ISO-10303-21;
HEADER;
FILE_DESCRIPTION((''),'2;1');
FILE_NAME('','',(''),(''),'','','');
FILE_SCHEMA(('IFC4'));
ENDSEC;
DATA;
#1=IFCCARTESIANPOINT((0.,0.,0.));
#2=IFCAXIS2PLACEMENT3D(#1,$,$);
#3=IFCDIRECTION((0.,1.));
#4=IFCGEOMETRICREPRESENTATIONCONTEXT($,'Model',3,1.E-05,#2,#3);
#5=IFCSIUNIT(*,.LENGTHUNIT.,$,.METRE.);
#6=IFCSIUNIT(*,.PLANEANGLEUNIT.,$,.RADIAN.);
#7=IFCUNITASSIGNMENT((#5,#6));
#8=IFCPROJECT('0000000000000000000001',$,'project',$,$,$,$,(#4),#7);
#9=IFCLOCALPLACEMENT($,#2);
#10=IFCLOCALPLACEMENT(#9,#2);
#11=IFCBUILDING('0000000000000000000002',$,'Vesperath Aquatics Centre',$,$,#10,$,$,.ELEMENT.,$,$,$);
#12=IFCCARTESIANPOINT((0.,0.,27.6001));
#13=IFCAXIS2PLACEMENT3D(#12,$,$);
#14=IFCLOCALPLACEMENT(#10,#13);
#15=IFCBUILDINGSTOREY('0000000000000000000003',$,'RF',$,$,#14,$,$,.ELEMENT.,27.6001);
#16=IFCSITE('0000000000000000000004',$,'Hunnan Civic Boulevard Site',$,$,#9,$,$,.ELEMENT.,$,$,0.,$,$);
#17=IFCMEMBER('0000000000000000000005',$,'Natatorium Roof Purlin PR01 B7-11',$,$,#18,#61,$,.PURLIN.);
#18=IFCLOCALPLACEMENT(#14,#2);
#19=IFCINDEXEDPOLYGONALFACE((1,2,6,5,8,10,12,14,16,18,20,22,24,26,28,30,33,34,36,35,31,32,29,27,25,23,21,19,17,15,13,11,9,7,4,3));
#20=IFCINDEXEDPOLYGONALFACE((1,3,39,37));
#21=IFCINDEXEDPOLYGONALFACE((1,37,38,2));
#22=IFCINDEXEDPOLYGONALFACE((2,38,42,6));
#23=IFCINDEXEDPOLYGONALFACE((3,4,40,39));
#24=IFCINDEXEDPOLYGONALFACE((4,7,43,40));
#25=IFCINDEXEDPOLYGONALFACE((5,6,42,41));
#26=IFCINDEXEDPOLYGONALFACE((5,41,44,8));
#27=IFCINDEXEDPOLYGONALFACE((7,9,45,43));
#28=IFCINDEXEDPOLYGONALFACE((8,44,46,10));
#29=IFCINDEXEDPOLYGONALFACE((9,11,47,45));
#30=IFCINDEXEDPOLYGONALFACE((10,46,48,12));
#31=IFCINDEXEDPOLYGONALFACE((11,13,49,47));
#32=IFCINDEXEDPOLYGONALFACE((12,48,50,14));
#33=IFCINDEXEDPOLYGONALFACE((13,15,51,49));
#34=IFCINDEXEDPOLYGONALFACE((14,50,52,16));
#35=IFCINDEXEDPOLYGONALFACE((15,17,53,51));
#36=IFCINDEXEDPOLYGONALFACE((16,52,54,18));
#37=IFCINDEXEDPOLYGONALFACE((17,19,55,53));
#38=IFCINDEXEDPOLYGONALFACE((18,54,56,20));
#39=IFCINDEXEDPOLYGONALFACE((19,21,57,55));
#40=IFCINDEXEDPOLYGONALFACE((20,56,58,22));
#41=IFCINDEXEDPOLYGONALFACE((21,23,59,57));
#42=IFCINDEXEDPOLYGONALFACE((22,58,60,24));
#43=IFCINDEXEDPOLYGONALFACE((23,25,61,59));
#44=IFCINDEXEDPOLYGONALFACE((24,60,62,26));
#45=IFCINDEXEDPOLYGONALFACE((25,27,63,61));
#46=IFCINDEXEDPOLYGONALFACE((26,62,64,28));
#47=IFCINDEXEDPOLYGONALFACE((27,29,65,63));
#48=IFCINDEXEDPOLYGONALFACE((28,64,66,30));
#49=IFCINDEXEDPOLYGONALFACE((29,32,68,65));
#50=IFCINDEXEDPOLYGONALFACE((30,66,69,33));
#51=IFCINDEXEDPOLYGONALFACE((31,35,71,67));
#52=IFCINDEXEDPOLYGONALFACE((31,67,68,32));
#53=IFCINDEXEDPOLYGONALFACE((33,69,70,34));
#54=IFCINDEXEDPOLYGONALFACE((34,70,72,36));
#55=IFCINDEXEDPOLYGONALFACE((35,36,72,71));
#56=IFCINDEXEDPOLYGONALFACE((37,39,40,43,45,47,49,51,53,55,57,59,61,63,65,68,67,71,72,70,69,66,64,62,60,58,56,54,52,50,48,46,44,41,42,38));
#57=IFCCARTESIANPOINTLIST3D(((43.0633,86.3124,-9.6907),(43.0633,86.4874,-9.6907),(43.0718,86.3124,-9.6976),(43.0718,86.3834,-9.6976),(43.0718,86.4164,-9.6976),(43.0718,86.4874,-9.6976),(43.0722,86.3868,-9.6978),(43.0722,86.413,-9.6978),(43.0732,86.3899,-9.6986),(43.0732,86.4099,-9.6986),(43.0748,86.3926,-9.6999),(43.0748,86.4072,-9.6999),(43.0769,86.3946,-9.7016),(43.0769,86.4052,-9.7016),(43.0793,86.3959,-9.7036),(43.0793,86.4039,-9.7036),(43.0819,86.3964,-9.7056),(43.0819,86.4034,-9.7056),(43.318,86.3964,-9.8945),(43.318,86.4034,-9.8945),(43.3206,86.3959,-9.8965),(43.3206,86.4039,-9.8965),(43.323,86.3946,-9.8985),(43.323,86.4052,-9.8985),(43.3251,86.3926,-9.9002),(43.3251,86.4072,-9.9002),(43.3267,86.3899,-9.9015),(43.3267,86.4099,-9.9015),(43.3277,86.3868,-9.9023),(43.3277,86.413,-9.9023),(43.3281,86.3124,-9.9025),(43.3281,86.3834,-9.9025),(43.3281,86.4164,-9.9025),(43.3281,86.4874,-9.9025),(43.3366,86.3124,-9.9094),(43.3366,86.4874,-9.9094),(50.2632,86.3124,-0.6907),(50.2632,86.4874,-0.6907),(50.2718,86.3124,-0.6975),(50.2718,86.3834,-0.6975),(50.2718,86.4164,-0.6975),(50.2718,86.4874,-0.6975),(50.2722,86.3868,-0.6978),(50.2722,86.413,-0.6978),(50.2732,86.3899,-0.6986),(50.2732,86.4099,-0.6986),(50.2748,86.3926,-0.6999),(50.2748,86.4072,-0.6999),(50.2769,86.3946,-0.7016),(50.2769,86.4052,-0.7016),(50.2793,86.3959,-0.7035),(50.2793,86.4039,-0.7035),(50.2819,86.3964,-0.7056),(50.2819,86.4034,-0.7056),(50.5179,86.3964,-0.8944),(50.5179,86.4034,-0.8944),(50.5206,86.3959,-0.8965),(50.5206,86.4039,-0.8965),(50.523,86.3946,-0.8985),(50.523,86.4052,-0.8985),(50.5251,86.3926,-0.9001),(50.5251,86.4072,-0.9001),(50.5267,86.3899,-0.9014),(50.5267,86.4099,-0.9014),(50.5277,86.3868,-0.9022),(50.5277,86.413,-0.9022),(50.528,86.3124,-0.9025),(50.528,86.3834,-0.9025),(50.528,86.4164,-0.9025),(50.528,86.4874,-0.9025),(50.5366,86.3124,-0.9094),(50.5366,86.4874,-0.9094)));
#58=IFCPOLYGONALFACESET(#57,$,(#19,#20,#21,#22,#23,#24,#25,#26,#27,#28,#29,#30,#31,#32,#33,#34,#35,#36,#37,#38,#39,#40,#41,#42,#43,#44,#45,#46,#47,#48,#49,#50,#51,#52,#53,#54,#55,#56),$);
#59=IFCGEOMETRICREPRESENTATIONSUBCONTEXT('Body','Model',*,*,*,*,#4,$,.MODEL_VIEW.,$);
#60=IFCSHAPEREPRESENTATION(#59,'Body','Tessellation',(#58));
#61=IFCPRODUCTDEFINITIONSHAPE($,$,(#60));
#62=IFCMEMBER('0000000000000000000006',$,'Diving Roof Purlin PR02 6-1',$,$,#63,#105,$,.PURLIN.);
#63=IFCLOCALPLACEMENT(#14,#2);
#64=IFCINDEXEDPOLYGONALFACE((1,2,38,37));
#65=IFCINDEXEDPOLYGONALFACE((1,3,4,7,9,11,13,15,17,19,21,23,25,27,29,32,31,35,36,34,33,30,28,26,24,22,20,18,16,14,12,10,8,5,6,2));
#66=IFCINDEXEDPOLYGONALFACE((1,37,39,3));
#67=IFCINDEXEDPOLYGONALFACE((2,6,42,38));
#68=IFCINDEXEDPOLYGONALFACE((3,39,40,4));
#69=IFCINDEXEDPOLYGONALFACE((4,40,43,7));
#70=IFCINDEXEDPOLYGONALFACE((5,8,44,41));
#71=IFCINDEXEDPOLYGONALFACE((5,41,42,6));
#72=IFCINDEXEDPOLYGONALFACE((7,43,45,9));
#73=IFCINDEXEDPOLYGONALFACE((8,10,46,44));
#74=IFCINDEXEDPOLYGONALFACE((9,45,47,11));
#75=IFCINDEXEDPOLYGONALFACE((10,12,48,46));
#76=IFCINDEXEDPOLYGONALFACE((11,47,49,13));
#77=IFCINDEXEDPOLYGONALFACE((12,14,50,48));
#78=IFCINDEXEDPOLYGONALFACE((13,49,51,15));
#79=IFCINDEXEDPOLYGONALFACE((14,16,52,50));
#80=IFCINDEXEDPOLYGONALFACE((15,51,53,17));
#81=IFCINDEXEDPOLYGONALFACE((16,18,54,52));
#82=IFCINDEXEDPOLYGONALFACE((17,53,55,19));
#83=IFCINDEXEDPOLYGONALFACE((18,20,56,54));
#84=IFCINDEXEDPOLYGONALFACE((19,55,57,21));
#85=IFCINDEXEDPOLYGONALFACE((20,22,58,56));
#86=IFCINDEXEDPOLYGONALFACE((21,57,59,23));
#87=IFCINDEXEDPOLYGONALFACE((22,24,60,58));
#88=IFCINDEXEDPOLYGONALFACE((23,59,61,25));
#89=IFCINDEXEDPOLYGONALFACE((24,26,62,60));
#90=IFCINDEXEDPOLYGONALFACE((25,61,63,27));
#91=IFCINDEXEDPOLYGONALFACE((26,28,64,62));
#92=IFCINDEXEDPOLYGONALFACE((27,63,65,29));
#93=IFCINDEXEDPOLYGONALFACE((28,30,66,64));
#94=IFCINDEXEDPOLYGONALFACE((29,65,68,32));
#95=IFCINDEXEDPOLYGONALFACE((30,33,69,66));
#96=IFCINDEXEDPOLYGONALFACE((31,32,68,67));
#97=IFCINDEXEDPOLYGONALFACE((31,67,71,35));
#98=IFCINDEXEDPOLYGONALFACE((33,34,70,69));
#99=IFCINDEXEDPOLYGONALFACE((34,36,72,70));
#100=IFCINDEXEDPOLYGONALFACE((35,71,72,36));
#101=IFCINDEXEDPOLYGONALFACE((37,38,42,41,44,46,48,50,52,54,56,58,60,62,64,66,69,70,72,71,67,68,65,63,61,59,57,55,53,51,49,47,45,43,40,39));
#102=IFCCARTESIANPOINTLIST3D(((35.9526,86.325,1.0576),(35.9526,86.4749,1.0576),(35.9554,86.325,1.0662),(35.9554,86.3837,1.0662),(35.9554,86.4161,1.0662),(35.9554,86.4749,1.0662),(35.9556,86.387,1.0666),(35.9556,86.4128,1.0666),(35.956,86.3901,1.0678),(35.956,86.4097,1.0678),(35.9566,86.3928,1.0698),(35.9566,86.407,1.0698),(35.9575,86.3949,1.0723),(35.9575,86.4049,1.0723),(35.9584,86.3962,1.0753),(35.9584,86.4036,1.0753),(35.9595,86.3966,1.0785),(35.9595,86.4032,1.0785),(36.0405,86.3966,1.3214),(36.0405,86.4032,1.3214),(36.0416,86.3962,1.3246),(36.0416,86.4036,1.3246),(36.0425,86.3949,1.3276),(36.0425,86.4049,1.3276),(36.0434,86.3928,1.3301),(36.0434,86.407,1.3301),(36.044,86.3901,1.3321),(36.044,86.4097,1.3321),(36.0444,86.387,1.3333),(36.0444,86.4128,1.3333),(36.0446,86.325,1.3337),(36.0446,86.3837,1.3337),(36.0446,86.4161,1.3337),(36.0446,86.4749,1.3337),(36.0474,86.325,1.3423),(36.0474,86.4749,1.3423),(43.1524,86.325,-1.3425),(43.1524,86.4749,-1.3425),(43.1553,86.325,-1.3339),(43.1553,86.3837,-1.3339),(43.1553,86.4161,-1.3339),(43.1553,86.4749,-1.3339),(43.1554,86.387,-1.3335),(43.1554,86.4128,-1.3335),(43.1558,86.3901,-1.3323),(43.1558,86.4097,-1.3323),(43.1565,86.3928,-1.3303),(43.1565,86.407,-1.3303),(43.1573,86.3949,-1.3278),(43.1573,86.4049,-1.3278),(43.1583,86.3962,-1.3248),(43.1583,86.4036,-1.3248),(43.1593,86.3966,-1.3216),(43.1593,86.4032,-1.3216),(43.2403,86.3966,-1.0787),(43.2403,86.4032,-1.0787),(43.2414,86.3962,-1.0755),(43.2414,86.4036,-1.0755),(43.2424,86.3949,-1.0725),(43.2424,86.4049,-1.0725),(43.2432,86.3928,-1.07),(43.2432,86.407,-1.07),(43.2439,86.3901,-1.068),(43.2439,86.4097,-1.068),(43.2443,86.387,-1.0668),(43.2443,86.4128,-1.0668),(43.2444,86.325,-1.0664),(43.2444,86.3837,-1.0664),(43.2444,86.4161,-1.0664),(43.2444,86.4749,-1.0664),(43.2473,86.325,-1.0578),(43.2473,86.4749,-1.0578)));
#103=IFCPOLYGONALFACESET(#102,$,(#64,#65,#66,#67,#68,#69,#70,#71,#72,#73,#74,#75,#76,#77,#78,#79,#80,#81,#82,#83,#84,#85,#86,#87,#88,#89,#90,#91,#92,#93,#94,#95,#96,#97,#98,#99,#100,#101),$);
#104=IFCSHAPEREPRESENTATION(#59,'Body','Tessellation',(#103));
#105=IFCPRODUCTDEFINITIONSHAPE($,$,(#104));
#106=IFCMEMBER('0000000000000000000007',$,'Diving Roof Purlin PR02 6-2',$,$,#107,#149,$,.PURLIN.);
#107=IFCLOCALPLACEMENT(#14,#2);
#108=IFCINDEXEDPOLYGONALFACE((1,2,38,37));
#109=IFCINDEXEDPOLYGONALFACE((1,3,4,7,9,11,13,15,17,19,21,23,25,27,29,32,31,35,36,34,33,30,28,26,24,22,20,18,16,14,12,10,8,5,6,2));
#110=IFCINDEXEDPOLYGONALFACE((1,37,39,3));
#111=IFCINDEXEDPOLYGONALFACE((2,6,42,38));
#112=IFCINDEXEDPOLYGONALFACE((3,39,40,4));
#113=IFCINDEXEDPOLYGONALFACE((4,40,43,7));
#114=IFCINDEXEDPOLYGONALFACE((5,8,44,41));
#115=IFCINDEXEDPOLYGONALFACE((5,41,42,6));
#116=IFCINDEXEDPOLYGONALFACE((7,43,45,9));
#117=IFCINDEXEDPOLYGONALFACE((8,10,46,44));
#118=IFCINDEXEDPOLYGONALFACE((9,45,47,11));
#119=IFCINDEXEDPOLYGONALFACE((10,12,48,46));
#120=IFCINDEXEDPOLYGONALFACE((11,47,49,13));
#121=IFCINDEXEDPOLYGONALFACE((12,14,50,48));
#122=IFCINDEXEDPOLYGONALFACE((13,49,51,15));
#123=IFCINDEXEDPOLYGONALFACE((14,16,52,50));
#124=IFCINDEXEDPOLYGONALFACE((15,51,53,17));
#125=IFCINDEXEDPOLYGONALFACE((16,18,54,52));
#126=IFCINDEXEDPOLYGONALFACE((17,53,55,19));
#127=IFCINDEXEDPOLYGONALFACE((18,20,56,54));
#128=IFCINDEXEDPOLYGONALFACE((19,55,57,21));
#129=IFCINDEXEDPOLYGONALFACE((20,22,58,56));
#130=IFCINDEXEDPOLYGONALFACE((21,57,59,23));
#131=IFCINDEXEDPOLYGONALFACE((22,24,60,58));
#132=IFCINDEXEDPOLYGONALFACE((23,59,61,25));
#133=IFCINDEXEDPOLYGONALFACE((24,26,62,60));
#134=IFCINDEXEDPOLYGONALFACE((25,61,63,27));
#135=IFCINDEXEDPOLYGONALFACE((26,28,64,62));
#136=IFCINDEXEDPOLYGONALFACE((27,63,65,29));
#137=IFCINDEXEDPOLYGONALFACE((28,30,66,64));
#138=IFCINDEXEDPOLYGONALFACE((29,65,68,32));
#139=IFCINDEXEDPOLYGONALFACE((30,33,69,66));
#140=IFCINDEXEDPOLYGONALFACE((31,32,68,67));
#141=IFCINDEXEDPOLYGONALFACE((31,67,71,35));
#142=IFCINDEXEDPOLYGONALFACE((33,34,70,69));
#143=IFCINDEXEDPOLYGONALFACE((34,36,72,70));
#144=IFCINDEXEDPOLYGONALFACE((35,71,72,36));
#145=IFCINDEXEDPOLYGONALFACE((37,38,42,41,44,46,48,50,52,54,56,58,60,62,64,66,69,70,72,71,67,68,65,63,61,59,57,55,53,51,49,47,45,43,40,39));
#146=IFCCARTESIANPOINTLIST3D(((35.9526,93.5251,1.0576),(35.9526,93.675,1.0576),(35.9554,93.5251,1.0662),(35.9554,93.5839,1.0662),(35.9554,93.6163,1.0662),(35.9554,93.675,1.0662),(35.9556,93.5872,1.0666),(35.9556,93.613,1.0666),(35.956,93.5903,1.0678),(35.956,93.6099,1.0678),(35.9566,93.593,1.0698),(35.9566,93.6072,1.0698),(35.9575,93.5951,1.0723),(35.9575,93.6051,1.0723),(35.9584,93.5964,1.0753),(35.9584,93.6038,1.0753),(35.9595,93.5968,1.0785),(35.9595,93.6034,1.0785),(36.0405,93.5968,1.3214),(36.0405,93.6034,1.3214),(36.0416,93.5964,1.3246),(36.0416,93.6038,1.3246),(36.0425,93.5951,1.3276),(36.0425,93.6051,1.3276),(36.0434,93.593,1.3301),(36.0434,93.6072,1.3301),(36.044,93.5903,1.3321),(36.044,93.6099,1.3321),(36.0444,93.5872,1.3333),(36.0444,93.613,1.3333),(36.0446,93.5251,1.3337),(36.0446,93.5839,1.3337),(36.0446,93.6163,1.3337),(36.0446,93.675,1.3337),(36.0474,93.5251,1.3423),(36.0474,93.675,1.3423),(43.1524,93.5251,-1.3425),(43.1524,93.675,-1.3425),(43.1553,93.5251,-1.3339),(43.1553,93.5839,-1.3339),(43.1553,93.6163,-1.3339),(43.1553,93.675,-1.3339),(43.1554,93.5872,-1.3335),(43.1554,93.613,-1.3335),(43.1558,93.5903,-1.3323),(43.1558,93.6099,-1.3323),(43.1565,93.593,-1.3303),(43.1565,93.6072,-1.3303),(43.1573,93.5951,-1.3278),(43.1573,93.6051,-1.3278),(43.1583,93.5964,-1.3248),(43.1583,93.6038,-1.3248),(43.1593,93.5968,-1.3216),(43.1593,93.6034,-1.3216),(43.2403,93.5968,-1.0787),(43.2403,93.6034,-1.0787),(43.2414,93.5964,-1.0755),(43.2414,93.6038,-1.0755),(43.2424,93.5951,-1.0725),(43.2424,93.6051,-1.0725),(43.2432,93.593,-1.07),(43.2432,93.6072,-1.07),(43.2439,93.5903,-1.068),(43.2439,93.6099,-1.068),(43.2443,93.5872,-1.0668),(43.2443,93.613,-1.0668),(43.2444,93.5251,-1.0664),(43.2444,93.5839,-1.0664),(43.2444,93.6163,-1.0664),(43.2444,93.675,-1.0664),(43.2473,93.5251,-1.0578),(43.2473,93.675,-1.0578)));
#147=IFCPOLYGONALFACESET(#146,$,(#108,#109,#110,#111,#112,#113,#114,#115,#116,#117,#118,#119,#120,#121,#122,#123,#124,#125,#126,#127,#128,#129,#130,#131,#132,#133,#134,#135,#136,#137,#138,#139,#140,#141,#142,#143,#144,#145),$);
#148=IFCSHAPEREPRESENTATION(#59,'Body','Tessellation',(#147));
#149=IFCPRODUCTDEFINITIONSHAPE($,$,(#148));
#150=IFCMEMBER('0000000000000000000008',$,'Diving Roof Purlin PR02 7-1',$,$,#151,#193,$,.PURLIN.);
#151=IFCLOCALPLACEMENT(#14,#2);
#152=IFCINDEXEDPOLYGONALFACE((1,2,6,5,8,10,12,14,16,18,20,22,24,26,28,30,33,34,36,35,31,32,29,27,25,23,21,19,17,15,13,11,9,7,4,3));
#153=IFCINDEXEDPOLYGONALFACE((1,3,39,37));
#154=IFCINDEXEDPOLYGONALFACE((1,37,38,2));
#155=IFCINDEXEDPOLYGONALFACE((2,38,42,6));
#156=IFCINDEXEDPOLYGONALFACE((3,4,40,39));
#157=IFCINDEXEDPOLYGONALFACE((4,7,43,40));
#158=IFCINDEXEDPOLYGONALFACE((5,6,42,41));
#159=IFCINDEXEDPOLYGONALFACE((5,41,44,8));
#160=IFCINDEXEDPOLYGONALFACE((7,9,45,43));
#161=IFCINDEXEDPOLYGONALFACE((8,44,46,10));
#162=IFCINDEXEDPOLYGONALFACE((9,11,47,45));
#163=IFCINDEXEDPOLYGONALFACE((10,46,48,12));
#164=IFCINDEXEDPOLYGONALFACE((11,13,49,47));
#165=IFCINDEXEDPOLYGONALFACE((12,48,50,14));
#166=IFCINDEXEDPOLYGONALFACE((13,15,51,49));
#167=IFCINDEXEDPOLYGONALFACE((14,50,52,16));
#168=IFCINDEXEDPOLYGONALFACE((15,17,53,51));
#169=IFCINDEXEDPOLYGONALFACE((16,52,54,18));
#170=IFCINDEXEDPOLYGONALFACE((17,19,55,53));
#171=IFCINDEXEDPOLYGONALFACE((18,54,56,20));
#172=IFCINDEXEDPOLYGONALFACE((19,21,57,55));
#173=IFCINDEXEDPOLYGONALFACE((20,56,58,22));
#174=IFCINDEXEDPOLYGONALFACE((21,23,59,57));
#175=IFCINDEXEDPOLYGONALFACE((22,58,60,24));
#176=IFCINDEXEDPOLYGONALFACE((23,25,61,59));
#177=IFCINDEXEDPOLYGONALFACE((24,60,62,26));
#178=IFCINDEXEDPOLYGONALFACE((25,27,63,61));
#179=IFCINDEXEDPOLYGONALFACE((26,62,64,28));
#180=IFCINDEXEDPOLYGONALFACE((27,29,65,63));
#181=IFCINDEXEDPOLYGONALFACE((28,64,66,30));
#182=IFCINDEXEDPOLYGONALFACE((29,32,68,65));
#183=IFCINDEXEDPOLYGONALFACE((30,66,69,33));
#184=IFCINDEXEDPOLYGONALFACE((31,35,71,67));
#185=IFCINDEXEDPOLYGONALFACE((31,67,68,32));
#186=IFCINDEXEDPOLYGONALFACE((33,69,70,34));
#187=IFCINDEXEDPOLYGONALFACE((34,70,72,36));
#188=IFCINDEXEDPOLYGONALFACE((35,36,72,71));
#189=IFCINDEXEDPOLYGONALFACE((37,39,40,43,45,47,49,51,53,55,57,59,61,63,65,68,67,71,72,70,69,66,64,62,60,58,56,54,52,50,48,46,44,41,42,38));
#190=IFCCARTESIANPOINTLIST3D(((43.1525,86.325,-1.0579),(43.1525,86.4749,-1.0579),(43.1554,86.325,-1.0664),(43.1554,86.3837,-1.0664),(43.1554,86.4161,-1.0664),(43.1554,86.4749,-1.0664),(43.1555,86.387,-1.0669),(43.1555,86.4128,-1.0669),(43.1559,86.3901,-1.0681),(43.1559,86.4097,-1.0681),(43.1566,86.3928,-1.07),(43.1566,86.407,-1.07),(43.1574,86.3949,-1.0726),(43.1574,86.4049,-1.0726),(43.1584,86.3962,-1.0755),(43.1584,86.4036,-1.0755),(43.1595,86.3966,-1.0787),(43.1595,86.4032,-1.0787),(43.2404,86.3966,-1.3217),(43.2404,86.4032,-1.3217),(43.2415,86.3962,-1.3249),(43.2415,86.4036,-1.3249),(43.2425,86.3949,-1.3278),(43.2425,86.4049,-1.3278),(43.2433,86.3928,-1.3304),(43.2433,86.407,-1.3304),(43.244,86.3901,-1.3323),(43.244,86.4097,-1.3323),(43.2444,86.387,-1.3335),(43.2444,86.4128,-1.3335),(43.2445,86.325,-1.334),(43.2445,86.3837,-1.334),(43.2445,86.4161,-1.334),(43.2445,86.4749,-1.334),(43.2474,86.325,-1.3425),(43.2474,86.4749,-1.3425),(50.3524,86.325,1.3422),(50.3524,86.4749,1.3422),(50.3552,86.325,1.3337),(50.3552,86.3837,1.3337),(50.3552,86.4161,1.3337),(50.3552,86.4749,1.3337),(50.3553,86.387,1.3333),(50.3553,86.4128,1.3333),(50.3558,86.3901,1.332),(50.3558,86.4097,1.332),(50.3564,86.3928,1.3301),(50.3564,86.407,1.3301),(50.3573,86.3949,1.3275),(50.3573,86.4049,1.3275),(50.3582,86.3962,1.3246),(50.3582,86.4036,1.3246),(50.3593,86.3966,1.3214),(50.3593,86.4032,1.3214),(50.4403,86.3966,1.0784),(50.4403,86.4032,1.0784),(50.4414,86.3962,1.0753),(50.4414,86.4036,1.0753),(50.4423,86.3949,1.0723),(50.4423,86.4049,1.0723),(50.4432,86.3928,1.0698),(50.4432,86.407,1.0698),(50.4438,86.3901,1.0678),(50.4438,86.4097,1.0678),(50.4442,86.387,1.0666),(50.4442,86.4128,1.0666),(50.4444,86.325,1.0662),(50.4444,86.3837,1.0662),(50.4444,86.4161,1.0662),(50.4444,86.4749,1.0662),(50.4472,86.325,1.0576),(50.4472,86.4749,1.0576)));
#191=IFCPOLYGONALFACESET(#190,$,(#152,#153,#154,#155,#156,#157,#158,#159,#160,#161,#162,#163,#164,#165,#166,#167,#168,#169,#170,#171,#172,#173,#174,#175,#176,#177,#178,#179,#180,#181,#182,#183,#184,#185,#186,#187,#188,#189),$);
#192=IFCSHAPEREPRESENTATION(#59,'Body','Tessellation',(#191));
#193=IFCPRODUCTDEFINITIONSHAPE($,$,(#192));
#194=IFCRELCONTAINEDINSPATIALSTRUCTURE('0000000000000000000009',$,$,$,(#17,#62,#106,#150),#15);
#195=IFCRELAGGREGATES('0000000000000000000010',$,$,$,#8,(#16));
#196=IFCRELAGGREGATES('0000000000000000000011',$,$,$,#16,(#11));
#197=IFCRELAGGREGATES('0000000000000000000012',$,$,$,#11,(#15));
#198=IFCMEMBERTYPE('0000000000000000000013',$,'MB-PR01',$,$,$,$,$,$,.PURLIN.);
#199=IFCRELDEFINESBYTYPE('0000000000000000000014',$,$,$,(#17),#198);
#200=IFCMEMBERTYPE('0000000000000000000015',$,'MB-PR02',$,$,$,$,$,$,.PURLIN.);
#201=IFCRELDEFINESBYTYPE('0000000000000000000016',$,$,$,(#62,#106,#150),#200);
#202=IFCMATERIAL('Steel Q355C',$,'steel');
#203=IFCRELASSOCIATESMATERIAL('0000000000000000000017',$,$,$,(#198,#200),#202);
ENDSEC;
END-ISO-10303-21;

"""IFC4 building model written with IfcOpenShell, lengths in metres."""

from ifc_helpers import new_model, si_unit, direction, frame, origin, origin_2d, place, context, subcontext, project, spatial, i_section, extrude, material, material_profile, profile_set, type_object, element, save


model = new_model("IFC4")

# Units and contexts
model_context = context("Model", 3, precision=1e-05, world=origin(), true_north=direction((0.0, 1.0)))
body_context = subcontext(model_context, "Body", "Model", "MODEL_VIEW")
ifc_project = project(units=[si_unit("LENGTHUNIT", "METRE"), si_unit("PLANEANGLEUNIT", "RADIAN")], contexts=[model_context])

# Site, building, storey
site_placement = place(None, origin())
site = spatial("IfcSite", under=ifc_project, at=site_placement, Name="Hunnan Civic Boulevard Site", CompositionType="ELEMENT", RefElevation=0.0)
building_placement = place(site_placement, origin())
building = spatial("IfcBuilding", under=site, at=building_placement, Name="Vesperath Aquatics Centre", CompositionType="ELEMENT")
storey_placement = place(building_placement, frame((0.0, 0.0, 27.6001)))
storey = spatial("IfcBuildingStorey", under=building, at=storey_placement, Name="RF", CompositionType="ELEMENT", Elevation=27.6001)

# Shared definitions
ifc_material_1 = material(Name="Steel Q355C", Category="steel")

# Members
ifc_material_profile_1 = material_profile(ifc_material_1, i_section(OverallWidth=0.175, OverallDepth=0.3501, WebThickness=0.0071, FlangeThickness=0.011, FilletRadius=0.0129, at=origin_2d()), Name="HN 350x175x7x11")
ifc_profile_set_1 = profile_set([ifc_material_profile_1], Name="Steel Q355C")
member_type_1 = type_object("IfcMemberType", Name="MB-PR01", PredefinedType="PURLIN", material=ifc_profile_set_1)
for number, where, z_axis, x_axis, name in (
    (1, (43.2, 86.3999, -9.8), (0.624692, 0.0, 0.780871), (0.0, 1.0, 0.0), "Natatorium Roof Purlin PR01 B7-11"),
):
    element("IfcMember", number, at=place(storey_placement, frame(where, z_axis=z_axis, x_axis=x_axis)), inside=storey, type_object=member_type_1, Name=name, PredefinedType="PURLIN", context=body_context, shape_type="SweptSolid", body=[
        extrude(i_section(OverallWidth=0.175, OverallDepth=0.3501, WebThickness=0.0071, FlangeThickness=0.011, FilletRadius=0.0129, at=origin_2d()), origin(), (0.0, 0.0, 1.0), 11.5256),
    ])
ifc_material_profile_2 = material_profile(ifc_material_1, i_section(OverallWidth=0.1499, OverallDepth=0.3, WebThickness=0.0066, FlangeThickness=0.009, FilletRadius=0.0129, at=origin_2d()), Name="HN 300x150x6.5x9")
ifc_profile_set_2 = profile_set([ifc_material_profile_2], Name="Steel Q355C")
member_type_2 = type_object("IfcMemberType", Name="MB-PR02", PredefinedType="PURLIN", material=ifc_profile_set_2)
for number, where, z_axis, x_axis, name in (
    (2, (36.0, 86.3999, 1.2), (0.948677, 0.0, -0.316247), (0.0, 1.0, 0.0), "Diving Roof Purlin PR02 6-1"),
    (3, (36.0, 93.6001, 1.2), (0.948677, 0.0, -0.316247), (0.0, 1.0, 0.0), "Diving Roof Purlin PR02 6-2"),
    (4, (43.2, 86.3999, -1.2002), (0.948677, 0.0, 0.316247), (0.0, 1.0, 0.0), "Diving Roof Purlin PR02 7-1"),
):
    element("IfcMember", number, at=place(storey_placement, frame(where, z_axis=z_axis, x_axis=x_axis)), inside=storey, type_object=member_type_2, Name=name, PredefinedType="PURLIN", context=body_context, shape_type="SweptSolid", body=[
        extrude(i_section(OverallWidth=0.1499, OverallDepth=0.3, WebThickness=0.0066, FlangeThickness=0.009, FilletRadius=0.0129, at=origin_2d()), origin(), (0.0, 0.0, 1.0), 7.5894),
    ])

save(model, "model.ifc")
